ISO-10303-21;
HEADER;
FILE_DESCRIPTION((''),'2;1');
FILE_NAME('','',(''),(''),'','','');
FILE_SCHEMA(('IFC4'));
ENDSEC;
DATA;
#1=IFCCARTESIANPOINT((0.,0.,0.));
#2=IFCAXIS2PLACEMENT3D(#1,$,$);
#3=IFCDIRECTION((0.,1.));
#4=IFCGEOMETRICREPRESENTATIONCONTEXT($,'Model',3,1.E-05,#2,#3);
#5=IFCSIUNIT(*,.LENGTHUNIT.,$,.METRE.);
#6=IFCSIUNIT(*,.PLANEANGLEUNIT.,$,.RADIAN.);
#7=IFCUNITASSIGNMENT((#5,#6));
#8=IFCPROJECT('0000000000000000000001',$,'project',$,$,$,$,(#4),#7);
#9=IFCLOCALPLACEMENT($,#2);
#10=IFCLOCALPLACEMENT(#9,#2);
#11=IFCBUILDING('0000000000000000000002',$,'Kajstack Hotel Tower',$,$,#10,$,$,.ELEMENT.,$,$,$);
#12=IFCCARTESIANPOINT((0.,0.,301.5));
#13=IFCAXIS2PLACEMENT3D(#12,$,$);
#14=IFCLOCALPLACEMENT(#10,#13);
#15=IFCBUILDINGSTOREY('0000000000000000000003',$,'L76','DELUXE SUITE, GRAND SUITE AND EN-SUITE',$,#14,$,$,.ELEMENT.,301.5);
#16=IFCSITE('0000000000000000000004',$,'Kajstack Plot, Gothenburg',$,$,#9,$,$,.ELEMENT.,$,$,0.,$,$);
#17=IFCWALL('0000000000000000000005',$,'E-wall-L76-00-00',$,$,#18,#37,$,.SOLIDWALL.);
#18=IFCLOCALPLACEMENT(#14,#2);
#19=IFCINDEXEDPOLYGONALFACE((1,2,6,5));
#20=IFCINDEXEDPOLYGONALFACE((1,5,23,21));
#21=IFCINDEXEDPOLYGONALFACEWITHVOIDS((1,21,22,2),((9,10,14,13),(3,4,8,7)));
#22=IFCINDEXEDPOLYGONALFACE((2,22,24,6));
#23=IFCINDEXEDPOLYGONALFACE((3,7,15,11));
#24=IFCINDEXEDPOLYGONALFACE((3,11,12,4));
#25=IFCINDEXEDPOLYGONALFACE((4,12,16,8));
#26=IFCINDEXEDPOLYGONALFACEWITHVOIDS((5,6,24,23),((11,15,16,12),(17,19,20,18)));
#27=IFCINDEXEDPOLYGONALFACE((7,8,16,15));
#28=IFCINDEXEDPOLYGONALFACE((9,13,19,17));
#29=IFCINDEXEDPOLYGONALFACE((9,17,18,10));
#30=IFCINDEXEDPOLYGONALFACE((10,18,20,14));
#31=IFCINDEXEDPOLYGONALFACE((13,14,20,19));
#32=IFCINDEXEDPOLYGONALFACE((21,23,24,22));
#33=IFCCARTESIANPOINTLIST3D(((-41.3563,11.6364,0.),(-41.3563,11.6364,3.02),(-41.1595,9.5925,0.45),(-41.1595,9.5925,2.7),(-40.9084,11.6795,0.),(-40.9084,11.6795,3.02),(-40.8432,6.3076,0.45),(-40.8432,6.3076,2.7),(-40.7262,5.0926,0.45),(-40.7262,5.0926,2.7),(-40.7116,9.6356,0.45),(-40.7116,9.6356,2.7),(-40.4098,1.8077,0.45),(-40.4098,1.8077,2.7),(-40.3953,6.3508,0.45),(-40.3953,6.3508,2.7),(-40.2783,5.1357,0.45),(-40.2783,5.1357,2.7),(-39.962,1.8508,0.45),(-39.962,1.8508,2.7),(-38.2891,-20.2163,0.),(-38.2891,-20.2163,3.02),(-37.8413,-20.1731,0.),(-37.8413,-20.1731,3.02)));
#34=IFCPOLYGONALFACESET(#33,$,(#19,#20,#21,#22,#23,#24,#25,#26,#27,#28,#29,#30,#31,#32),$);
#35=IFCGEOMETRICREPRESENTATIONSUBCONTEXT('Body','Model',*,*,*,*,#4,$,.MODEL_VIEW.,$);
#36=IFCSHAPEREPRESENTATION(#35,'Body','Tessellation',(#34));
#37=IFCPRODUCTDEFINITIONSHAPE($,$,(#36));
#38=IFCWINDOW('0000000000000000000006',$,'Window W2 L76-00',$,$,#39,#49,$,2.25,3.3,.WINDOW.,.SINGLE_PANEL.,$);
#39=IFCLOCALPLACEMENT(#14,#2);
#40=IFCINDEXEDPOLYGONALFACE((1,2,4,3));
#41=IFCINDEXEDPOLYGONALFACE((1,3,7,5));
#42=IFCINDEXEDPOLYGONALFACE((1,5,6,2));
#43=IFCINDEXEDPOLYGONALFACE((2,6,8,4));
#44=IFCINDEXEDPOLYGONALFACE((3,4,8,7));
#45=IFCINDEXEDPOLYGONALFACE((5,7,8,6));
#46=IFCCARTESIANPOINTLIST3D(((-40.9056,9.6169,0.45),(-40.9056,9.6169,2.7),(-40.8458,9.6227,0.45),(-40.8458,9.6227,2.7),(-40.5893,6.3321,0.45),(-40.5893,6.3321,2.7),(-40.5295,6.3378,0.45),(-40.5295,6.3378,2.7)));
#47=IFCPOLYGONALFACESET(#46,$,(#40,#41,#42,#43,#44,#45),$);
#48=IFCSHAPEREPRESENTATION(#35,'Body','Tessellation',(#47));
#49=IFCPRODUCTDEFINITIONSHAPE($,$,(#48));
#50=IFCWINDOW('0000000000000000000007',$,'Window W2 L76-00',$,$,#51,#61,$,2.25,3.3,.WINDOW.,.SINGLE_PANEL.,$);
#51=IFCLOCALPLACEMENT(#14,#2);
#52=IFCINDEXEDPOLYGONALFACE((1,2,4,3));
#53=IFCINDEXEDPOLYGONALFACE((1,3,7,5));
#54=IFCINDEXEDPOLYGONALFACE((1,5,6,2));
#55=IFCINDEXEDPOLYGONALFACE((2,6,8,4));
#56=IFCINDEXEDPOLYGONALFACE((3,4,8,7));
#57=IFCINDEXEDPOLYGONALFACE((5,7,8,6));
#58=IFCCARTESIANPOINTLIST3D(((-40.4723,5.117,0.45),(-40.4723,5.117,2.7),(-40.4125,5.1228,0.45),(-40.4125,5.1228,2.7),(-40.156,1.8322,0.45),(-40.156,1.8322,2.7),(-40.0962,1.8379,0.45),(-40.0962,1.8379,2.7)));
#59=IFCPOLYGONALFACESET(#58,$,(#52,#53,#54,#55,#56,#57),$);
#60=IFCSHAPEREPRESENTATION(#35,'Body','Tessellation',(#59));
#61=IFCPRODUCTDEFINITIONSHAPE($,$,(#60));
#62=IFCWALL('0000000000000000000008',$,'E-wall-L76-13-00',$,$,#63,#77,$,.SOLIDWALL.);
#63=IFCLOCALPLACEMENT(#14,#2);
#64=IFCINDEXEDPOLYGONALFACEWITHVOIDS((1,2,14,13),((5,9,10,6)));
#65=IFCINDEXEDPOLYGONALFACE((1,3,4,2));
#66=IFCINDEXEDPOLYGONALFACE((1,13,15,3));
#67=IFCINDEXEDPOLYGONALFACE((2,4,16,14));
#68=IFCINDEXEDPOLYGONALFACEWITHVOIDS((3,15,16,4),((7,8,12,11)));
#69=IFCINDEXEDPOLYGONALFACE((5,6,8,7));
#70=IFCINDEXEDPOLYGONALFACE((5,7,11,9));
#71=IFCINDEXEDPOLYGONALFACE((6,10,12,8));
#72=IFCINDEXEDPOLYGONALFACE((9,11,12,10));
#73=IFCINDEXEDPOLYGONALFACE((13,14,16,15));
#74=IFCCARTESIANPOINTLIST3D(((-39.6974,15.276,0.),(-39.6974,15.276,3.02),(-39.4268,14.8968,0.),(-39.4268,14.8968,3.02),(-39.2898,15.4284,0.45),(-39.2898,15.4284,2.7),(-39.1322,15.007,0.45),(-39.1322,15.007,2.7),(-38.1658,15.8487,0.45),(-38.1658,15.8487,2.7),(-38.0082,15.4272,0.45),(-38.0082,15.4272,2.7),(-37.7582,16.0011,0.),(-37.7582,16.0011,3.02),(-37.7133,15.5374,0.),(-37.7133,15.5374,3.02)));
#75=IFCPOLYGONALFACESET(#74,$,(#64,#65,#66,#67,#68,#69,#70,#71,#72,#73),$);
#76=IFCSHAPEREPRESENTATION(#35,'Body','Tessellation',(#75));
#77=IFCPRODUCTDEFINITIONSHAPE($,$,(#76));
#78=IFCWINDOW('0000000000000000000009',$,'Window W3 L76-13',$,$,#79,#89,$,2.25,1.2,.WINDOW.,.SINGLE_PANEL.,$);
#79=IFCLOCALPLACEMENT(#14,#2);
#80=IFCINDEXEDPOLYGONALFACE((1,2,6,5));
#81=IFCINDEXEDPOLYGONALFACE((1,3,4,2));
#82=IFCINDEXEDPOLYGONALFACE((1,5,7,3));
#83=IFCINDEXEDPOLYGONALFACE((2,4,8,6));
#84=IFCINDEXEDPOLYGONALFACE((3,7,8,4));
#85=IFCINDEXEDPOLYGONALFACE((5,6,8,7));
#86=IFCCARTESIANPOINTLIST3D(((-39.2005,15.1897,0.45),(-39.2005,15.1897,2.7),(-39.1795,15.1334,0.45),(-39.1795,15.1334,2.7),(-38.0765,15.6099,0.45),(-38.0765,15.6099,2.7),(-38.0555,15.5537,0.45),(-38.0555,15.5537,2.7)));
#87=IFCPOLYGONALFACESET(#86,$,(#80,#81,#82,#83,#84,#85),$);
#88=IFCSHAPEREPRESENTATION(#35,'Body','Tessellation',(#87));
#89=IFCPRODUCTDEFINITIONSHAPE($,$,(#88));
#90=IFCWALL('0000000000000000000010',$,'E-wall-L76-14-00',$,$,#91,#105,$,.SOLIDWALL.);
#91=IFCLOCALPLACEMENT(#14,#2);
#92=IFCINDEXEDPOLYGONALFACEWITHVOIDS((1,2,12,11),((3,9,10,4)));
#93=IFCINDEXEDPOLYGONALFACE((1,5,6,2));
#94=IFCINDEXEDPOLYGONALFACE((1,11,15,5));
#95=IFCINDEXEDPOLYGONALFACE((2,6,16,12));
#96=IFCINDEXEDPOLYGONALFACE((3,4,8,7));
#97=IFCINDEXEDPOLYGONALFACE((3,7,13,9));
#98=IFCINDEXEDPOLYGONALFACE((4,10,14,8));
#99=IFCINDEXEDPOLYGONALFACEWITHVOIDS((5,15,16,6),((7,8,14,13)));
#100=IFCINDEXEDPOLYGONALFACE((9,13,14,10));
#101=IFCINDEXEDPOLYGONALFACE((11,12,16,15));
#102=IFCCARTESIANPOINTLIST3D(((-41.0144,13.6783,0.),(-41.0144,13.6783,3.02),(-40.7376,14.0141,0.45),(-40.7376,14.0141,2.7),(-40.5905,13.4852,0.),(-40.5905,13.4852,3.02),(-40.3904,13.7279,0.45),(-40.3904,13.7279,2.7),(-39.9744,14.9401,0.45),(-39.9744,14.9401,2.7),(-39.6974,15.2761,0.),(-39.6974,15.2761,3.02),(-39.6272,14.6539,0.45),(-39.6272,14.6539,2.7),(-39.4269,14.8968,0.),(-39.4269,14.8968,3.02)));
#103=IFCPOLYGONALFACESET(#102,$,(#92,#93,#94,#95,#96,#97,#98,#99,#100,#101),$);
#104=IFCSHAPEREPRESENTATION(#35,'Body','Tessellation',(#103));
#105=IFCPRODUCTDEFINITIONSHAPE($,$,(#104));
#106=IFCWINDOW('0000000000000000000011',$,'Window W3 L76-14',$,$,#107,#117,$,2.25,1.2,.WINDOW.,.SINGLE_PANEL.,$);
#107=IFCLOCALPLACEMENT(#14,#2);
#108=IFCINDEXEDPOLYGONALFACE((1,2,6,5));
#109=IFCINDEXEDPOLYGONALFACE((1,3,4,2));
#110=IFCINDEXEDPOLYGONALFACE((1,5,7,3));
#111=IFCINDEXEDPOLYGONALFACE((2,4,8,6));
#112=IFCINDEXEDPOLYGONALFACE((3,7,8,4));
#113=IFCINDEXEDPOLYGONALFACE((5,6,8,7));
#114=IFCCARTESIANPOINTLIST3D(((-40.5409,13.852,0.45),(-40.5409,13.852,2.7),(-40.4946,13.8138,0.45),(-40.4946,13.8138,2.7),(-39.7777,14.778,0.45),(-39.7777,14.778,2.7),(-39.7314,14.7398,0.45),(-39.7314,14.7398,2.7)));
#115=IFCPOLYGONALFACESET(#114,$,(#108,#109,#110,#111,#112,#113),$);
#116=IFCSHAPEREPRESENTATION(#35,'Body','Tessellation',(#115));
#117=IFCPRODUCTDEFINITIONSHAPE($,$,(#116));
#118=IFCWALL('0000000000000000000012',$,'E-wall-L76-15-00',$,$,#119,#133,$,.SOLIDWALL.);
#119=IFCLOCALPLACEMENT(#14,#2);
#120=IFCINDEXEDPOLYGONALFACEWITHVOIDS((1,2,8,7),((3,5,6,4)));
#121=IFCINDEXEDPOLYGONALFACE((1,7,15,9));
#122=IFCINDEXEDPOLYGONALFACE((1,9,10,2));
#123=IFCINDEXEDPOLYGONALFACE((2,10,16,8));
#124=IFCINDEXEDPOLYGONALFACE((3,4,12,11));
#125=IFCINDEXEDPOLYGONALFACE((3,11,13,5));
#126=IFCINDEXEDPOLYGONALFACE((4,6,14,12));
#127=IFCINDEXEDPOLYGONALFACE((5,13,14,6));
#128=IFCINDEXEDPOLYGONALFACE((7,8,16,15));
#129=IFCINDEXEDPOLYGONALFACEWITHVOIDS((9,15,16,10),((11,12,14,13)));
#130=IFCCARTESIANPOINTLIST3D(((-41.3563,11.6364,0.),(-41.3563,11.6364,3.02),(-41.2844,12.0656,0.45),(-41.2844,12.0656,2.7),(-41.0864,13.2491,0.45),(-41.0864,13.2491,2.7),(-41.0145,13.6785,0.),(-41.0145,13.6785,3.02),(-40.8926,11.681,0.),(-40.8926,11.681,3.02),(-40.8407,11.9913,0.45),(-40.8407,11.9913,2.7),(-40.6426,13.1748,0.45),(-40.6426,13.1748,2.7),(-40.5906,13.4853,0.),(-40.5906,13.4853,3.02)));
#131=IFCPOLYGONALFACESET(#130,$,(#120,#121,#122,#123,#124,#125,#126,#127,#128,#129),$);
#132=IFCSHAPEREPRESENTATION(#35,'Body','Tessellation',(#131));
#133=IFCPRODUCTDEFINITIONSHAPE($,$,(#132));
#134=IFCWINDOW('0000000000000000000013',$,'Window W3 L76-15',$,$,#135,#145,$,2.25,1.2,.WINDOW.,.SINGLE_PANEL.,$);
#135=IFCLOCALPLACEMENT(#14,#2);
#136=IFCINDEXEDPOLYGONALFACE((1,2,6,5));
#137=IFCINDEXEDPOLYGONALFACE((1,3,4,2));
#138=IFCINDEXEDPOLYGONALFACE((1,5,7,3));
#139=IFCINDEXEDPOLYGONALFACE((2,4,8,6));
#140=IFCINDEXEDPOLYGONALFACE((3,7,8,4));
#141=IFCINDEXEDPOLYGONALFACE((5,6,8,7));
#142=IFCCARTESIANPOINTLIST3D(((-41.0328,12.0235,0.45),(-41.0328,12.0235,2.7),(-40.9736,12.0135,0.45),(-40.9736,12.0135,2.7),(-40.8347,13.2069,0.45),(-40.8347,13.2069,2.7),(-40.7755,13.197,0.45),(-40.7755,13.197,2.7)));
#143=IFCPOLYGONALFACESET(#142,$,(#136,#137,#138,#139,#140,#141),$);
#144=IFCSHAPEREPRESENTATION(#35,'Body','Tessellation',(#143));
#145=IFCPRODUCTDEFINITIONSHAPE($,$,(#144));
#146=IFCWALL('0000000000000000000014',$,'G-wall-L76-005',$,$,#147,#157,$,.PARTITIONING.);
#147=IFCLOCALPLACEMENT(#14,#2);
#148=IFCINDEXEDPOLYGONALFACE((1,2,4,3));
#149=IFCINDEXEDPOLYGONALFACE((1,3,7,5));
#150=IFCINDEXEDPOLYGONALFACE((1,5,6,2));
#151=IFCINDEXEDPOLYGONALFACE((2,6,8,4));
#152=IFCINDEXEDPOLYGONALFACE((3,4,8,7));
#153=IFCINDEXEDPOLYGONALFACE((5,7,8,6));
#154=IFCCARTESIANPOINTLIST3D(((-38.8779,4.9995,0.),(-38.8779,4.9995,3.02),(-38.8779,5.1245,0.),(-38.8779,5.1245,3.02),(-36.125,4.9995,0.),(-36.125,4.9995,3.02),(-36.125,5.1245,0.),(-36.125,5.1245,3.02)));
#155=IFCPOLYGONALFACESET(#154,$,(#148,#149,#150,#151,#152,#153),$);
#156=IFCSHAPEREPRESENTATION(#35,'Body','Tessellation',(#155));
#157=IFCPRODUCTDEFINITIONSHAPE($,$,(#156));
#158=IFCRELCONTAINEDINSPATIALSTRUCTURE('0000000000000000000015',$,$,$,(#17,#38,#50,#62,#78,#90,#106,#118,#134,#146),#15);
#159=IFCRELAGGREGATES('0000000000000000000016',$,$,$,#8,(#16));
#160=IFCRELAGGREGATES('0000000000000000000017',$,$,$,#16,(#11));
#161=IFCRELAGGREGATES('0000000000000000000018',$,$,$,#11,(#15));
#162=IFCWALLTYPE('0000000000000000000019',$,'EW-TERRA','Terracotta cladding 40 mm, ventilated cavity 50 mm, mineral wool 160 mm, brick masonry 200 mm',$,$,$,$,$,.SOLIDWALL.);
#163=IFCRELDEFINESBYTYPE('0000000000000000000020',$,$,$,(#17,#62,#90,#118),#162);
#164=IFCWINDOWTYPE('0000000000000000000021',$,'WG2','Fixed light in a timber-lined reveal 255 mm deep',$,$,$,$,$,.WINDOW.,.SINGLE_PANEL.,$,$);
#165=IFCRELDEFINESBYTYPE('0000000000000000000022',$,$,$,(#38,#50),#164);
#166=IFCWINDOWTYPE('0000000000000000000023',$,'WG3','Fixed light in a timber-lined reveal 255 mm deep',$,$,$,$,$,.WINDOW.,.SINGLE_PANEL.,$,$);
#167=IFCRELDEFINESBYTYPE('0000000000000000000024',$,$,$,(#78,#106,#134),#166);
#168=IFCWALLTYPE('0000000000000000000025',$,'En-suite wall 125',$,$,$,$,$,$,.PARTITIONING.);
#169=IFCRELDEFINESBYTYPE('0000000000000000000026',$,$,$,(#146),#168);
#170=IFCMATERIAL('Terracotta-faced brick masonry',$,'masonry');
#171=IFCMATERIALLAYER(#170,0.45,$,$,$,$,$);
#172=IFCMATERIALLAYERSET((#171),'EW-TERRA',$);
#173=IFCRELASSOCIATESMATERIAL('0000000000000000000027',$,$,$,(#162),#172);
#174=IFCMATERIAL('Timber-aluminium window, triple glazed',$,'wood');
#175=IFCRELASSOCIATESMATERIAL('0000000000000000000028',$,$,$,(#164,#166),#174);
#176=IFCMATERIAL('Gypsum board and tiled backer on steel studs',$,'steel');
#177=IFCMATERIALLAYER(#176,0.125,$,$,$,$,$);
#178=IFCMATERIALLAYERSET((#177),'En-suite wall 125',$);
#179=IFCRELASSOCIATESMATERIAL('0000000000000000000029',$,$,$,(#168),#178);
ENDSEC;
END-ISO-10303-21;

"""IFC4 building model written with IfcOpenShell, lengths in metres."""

from ifc_helpers import new_model, si_unit, direction, frame, frame_2d, origin, place, context, subcontext, project, spatial, polyline, rectangle, outline, extrude, material, layer, layer_set, type_object, element, fill, save


model = new_model("IFC4")

# Units and contexts
model_context = context("Model", 3, precision=1e-05, world=origin(), true_north=direction((0.0, 1.0)))
body_context = subcontext(model_context, "Body", "Model", "MODEL_VIEW")
ifc_project = project(units=[si_unit("LENGTHUNIT", "METRE"), si_unit("PLANEANGLEUNIT", "RADIAN")], contexts=[model_context])

# Site, building, storey
site_placement = place(None, origin())
site = spatial("IfcSite", under=ifc_project, at=site_placement, Name="Kajstack Plot, Gothenburg", CompositionType="ELEMENT", RefElevation=0.0)
building_placement = place(site_placement, origin())
building = spatial("IfcBuilding", under=site, at=building_placement, Name="Kajstack Hotel Tower", CompositionType="ELEMENT")
storey_placement = place(building_placement, frame((0.0, 0.0, 301.5)))
storey = spatial("IfcBuildingStorey", under=building, at=storey_placement, Name="L76", Description="DELUXE SUITE, GRAND SUITE AND EN-SUITE", CompositionType="ELEMENT", Elevation=301.5)

# Wall, openings, windows
ifc_material_1 = material(Name="Terracotta-faced brick masonry", Category="masonry")
ifc_layer_1 = layer(ifc_material_1, 0.45)
ifc_layer_set_1 = layer_set([ifc_layer_1], Name="EW-TERRA")
wall_type_1 = type_object("IfcWallType", Name="EW-TERRA", Description="Terracotta cladding 40 mm, ventilated cavity 50 mm, mineral wool 160 mm, brick masonry 200 mm", PredefinedType="SOLIDWALL", material=ifc_layer_set_1)
wall_1_placement = place(storey_placement, frame((-41.1323, 11.658, 0.0), z_axis=(0.0, 0.0, 1.0), x_axis=(0.095848, -0.995396, 0.0)))
wall_1 = element("IfcWall", 1, at=wall_1_placement, inside=storey, type_object=wall_type_1, Name="E-wall-L76-00-00", PredefinedType="SOLIDWALL", context=body_context, shape_type="SweptSolid", body=[
    extrude(rectangle(XDim=32.0, YDim=0.45, at=frame_2d((16.0, 0.0))), origin(), (0.0, 0.0, 1.0), 3.02),
])
opening_1_placement = place(wall_1_placement, frame((2.0535, 0.0, 0.45)))
opening_1 = element("IfcOpeningElement", 2, at=opening_1_placement, cuts=wall_1, PredefinedType="OPENING", context=body_context, shape_type="SweptSolid", body=[
    extrude(rectangle(XDim=3.3, YDim=2.25, at=frame_2d((1.6499, 1.125))), frame((0.0, 0.2349, 0.0), z_axis=(0.0, -1.0, 0.0), x_axis=(1.0, 0.0, 0.0)), (0.0, 0.0, 1.0), 0.47),
])
opening_2_placement = place(wall_1_placement, frame((6.5742, 0.0, 0.45)))
opening_2 = element("IfcOpeningElement", 3, at=opening_2_placement, cuts=wall_1, PredefinedType="OPENING", context=body_context, shape_type="SweptSolid", body=[
    extrude(rectangle(XDim=3.3, YDim=2.25, at=frame_2d((1.6499, 1.125))), frame((0.0, 0.2349, 0.0), z_axis=(0.0, -1.0, 0.0), x_axis=(1.0, 0.0, 0.0)), (0.0, 0.0, 1.0), 0.47),
])
ifc_material_2 = material(Name="Timber-aluminium window, triple glazed", Category="wood")
window_type_1 = type_object("IfcWindowType", Name="WG2", Description="Fixed light in a timber-lined reveal 255 mm deep", PartitioningType="SINGLE_PANEL", PredefinedType="WINDOW", material=ifc_material_2)
window_1_placement = place(opening_1_placement, origin())
window_1 = element("IfcWindow", 4, at=window_1_placement, inside=storey, type_object=window_type_1, Name="Window W2 L76-00", OverallHeight=2.25, OverallWidth=3.3, PartitioningType="SINGLE_PANEL", PredefinedType="WINDOW", context=body_context, shape_type="SweptSolid", body=[
    extrude(rectangle(XDim=3.3, YDim=2.25, at=frame_2d((1.6499, 1.125))), frame((0.0, 0.0901, 0.0), z_axis=(0.0, -1.0, 0.0), x_axis=(1.0, 0.0, 0.0)), (0.0, 0.0, 1.0), 0.0601),
])
fill(opening_1, window_1)
window_2_placement = place(opening_2_placement, origin())
window_2 = element("IfcWindow", 5, at=window_2_placement, inside=storey, type_object=window_type_1, Name="Window W2 L76-00", OverallHeight=2.25, OverallWidth=3.3, PartitioningType="SINGLE_PANEL", PredefinedType="WINDOW", context=body_context, shape_type="SweptSolid", body=[
    extrude(rectangle(XDim=3.3, YDim=2.25, at=frame_2d((1.6499, 1.125))), frame((0.0, 0.0901, 0.0), z_axis=(0.0, -1.0, 0.0), x_axis=(1.0, 0.0, 0.0)), (0.0, 0.0, 1.0), 0.0601),
])
fill(opening_2, window_2)

# Walls, openings, windows
wall_2_placement = place(storey_placement, frame((-37.6792, 15.7905, 0.0), z_axis=(0.0, 0.0, 1.0), x_axis=(-0.936678, -0.350193, 0.0)))
wall_2 = element("IfcWall", 6, at=wall_2_placement, inside=storey, type_object=wall_type_1, Name="E-wall-L76-13-00", PredefinedType="SOLIDWALL", context=body_context, shape_type="SweptSolid", body=[
    extrude(outline(polyline([(0.0002, -0.2249), (2.0706, -0.2249), (1.95, 0.2251), (0.1206, 0.2251), (0.0002, -0.2249)])), origin(), (0.0, 0.0, 1.0), 3.02),
])
opening_3_placement = place(wall_2_placement, frame((0.4353, 0.0, 0.45)))
opening_3 = element("IfcOpeningElement", 7, at=opening_3_placement, cuts=wall_2, PredefinedType="OPENING", context=body_context, shape_type="SweptSolid", body=[
    extrude(rectangle(XDim=1.2, YDim=2.25, at=frame_2d((0.6001, 1.125))), frame((0.0, 0.2349, 0.0), z_axis=(0.0, -1.0, 0.0), x_axis=(1.0, 0.0, 0.0)), (0.0, 0.0, 1.0), 0.47),
])
window_type_2 = type_object("IfcWindowType", Name="WG3", Description="Fixed light in a timber-lined reveal 255 mm deep", PartitioningType="SINGLE_PANEL", PredefinedType="WINDOW", material=ifc_material_2)
window_3_placement = place(opening_3_placement, origin())
window_3 = element("IfcWindow", 8, at=window_3_placement, inside=storey, type_object=window_type_2, Name="Window W3 L76-13", OverallHeight=2.25, OverallWidth=1.2, PartitioningType="SINGLE_PANEL", PredefinedType="WINDOW", context=body_context, shape_type="SweptSolid", body=[
    extrude(rectangle(XDim=1.2, YDim=2.25, at=frame_2d((0.6001, 1.125))), frame((0.0, 0.0901, 0.0), z_axis=(0.0, -1.0, 0.0), x_axis=(1.0, 0.0, 0.0)), (0.0, 0.0, 1.0), 0.0601),
])
fill(opening_3, window_3)
wall_3_placement = place(storey_placement, frame((-39.5239, 15.1331, 0.0), z_axis=(0.0, 0.0, 1.0), x_axis=(-0.636046, -0.771651, 0.0)))
wall_3 = element("IfcWall", 9, at=wall_3_placement, inside=storey, type_object=wall_type_1, Name="E-wall-L76-14-00", PredefinedType="SOLIDWALL", context=body_context, shape_type="SweptSolid", body=[
    extrude(outline(polyline([(0.0, -0.2249), (2.0706, -0.2249), (1.95, 0.2251), (0.1206, 0.2251), (0.0, -0.2249)])), origin(), (0.0, 0.0, 1.0), 3.02),
])
opening_4_placement = place(wall_3_placement, frame((0.4353, 0.0, 0.45)))
opening_4 = element("IfcOpeningElement", 10, at=opening_4_placement, cuts=wall_3, PredefinedType="OPENING", context=body_context, shape_type="SweptSolid", body=[
    extrude(rectangle(XDim=1.2, YDim=2.25, at=frame_2d((0.6001, 1.125))), frame((0.0, 0.2349, 0.0), z_axis=(0.0, -1.0, 0.0), x_axis=(1.0, 0.0, 0.0)), (0.0, 0.0, 1.0), 0.47),
])
window_4_placement = place(opening_4_placement, origin())
window_4 = element("IfcWindow", 11, at=window_4_placement, inside=storey, type_object=window_type_2, Name="Window W3 L76-14", OverallHeight=2.25, OverallWidth=1.2, PartitioningType="SINGLE_PANEL", PredefinedType="WINDOW", context=body_context, shape_type="SweptSolid", body=[
    extrude(rectangle(XDim=1.2, YDim=2.25, at=frame_2d((0.6001, 1.125))), frame((0.0, 0.0901, 0.0), z_axis=(0.0, -1.0, 0.0), x_axis=(1.0, 0.0, 0.0)), (0.0, 0.0, 1.0), 0.0601),
])
fill(opening_4, window_4)
wall_4_placement = place(storey_placement, frame((-40.7925, 13.6414, 0.0), z_axis=(0.0, 0.0, 1.0), x_axis=(-0.165068, -0.986282, 0.0)))
wall_4 = element("IfcWall", 12, at=wall_4_placement, inside=storey, type_object=wall_type_1, Name="E-wall-L76-15-00", PredefinedType="SOLIDWALL", context=body_context, shape_type="SweptSolid", body=[
    extrude(outline(polyline([(0.0, -0.2251), (2.0706, -0.2251), (1.95, 0.2249), (0.1206, 0.2249), (0.0, -0.2251)])), origin(), (0.0, 0.0, 1.0), 3.02),
])
opening_5_placement = place(wall_4_placement, frame((0.4353, 0.0, 0.45)))
opening_5 = element("IfcOpeningElement", 13, at=opening_5_placement, cuts=wall_4, PredefinedType="OPENING", context=body_context, shape_type="SweptSolid", body=[
    extrude(rectangle(XDim=1.2, YDim=2.25, at=frame_2d((0.6001, 1.125))), frame((0.0, 0.2349, 0.0), z_axis=(0.0, -1.0, 0.0), x_axis=(1.0, 0.0, 0.0)), (0.0, 0.0, 1.0), 0.47),
])
window_5_placement = place(opening_5_placement, origin())
window_5 = element("IfcWindow", 14, at=window_5_placement, inside=storey, type_object=window_type_2, Name="Window W3 L76-15", OverallHeight=2.25, OverallWidth=1.2, PartitioningType="SINGLE_PANEL", PredefinedType="WINDOW", context=body_context, shape_type="SweptSolid", body=[
    extrude(rectangle(XDim=1.2, YDim=2.25, at=frame_2d((0.6001, 1.125))), frame((0.0, 0.0901, 0.0), z_axis=(0.0, -1.0, 0.0), x_axis=(1.0, 0.0, 0.0)), (0.0, 0.0, 1.0), 0.0601),
])
fill(opening_5, window_5)

# Wall
ifc_material_3 = material(Name="Gypsum board and tiled backer on steel studs", Category="steel")
ifc_layer_2 = layer(ifc_material_3, 0.125)
ifc_layer_set_2 = layer_set([ifc_layer_2], Name="En-suite wall 125")
wall_type_2 = type_object("IfcWallType", Name="En-suite wall 125", PredefinedType="PARTITIONING", material=ifc_layer_set_2)
wall_5_placement = place(storey_placement, frame((-38.8779, 5.062, 0.0), z_axis=(0.0, 0.0, 1.0), x_axis=(1.0, 0.0, 0.0)))
element("IfcWall", 15, at=wall_5_placement, inside=storey, type_object=wall_type_2, Name="G-wall-L76-005", PredefinedType="PARTITIONING", context=body_context, shape_type="SweptSolid", body=[
    extrude(rectangle(XDim=2.7529, YDim=0.125, at=frame_2d((1.3765, 0.0))), origin(), (0.0, 0.0, 1.0), 3.02),
])

save(model, "model.ifc")
